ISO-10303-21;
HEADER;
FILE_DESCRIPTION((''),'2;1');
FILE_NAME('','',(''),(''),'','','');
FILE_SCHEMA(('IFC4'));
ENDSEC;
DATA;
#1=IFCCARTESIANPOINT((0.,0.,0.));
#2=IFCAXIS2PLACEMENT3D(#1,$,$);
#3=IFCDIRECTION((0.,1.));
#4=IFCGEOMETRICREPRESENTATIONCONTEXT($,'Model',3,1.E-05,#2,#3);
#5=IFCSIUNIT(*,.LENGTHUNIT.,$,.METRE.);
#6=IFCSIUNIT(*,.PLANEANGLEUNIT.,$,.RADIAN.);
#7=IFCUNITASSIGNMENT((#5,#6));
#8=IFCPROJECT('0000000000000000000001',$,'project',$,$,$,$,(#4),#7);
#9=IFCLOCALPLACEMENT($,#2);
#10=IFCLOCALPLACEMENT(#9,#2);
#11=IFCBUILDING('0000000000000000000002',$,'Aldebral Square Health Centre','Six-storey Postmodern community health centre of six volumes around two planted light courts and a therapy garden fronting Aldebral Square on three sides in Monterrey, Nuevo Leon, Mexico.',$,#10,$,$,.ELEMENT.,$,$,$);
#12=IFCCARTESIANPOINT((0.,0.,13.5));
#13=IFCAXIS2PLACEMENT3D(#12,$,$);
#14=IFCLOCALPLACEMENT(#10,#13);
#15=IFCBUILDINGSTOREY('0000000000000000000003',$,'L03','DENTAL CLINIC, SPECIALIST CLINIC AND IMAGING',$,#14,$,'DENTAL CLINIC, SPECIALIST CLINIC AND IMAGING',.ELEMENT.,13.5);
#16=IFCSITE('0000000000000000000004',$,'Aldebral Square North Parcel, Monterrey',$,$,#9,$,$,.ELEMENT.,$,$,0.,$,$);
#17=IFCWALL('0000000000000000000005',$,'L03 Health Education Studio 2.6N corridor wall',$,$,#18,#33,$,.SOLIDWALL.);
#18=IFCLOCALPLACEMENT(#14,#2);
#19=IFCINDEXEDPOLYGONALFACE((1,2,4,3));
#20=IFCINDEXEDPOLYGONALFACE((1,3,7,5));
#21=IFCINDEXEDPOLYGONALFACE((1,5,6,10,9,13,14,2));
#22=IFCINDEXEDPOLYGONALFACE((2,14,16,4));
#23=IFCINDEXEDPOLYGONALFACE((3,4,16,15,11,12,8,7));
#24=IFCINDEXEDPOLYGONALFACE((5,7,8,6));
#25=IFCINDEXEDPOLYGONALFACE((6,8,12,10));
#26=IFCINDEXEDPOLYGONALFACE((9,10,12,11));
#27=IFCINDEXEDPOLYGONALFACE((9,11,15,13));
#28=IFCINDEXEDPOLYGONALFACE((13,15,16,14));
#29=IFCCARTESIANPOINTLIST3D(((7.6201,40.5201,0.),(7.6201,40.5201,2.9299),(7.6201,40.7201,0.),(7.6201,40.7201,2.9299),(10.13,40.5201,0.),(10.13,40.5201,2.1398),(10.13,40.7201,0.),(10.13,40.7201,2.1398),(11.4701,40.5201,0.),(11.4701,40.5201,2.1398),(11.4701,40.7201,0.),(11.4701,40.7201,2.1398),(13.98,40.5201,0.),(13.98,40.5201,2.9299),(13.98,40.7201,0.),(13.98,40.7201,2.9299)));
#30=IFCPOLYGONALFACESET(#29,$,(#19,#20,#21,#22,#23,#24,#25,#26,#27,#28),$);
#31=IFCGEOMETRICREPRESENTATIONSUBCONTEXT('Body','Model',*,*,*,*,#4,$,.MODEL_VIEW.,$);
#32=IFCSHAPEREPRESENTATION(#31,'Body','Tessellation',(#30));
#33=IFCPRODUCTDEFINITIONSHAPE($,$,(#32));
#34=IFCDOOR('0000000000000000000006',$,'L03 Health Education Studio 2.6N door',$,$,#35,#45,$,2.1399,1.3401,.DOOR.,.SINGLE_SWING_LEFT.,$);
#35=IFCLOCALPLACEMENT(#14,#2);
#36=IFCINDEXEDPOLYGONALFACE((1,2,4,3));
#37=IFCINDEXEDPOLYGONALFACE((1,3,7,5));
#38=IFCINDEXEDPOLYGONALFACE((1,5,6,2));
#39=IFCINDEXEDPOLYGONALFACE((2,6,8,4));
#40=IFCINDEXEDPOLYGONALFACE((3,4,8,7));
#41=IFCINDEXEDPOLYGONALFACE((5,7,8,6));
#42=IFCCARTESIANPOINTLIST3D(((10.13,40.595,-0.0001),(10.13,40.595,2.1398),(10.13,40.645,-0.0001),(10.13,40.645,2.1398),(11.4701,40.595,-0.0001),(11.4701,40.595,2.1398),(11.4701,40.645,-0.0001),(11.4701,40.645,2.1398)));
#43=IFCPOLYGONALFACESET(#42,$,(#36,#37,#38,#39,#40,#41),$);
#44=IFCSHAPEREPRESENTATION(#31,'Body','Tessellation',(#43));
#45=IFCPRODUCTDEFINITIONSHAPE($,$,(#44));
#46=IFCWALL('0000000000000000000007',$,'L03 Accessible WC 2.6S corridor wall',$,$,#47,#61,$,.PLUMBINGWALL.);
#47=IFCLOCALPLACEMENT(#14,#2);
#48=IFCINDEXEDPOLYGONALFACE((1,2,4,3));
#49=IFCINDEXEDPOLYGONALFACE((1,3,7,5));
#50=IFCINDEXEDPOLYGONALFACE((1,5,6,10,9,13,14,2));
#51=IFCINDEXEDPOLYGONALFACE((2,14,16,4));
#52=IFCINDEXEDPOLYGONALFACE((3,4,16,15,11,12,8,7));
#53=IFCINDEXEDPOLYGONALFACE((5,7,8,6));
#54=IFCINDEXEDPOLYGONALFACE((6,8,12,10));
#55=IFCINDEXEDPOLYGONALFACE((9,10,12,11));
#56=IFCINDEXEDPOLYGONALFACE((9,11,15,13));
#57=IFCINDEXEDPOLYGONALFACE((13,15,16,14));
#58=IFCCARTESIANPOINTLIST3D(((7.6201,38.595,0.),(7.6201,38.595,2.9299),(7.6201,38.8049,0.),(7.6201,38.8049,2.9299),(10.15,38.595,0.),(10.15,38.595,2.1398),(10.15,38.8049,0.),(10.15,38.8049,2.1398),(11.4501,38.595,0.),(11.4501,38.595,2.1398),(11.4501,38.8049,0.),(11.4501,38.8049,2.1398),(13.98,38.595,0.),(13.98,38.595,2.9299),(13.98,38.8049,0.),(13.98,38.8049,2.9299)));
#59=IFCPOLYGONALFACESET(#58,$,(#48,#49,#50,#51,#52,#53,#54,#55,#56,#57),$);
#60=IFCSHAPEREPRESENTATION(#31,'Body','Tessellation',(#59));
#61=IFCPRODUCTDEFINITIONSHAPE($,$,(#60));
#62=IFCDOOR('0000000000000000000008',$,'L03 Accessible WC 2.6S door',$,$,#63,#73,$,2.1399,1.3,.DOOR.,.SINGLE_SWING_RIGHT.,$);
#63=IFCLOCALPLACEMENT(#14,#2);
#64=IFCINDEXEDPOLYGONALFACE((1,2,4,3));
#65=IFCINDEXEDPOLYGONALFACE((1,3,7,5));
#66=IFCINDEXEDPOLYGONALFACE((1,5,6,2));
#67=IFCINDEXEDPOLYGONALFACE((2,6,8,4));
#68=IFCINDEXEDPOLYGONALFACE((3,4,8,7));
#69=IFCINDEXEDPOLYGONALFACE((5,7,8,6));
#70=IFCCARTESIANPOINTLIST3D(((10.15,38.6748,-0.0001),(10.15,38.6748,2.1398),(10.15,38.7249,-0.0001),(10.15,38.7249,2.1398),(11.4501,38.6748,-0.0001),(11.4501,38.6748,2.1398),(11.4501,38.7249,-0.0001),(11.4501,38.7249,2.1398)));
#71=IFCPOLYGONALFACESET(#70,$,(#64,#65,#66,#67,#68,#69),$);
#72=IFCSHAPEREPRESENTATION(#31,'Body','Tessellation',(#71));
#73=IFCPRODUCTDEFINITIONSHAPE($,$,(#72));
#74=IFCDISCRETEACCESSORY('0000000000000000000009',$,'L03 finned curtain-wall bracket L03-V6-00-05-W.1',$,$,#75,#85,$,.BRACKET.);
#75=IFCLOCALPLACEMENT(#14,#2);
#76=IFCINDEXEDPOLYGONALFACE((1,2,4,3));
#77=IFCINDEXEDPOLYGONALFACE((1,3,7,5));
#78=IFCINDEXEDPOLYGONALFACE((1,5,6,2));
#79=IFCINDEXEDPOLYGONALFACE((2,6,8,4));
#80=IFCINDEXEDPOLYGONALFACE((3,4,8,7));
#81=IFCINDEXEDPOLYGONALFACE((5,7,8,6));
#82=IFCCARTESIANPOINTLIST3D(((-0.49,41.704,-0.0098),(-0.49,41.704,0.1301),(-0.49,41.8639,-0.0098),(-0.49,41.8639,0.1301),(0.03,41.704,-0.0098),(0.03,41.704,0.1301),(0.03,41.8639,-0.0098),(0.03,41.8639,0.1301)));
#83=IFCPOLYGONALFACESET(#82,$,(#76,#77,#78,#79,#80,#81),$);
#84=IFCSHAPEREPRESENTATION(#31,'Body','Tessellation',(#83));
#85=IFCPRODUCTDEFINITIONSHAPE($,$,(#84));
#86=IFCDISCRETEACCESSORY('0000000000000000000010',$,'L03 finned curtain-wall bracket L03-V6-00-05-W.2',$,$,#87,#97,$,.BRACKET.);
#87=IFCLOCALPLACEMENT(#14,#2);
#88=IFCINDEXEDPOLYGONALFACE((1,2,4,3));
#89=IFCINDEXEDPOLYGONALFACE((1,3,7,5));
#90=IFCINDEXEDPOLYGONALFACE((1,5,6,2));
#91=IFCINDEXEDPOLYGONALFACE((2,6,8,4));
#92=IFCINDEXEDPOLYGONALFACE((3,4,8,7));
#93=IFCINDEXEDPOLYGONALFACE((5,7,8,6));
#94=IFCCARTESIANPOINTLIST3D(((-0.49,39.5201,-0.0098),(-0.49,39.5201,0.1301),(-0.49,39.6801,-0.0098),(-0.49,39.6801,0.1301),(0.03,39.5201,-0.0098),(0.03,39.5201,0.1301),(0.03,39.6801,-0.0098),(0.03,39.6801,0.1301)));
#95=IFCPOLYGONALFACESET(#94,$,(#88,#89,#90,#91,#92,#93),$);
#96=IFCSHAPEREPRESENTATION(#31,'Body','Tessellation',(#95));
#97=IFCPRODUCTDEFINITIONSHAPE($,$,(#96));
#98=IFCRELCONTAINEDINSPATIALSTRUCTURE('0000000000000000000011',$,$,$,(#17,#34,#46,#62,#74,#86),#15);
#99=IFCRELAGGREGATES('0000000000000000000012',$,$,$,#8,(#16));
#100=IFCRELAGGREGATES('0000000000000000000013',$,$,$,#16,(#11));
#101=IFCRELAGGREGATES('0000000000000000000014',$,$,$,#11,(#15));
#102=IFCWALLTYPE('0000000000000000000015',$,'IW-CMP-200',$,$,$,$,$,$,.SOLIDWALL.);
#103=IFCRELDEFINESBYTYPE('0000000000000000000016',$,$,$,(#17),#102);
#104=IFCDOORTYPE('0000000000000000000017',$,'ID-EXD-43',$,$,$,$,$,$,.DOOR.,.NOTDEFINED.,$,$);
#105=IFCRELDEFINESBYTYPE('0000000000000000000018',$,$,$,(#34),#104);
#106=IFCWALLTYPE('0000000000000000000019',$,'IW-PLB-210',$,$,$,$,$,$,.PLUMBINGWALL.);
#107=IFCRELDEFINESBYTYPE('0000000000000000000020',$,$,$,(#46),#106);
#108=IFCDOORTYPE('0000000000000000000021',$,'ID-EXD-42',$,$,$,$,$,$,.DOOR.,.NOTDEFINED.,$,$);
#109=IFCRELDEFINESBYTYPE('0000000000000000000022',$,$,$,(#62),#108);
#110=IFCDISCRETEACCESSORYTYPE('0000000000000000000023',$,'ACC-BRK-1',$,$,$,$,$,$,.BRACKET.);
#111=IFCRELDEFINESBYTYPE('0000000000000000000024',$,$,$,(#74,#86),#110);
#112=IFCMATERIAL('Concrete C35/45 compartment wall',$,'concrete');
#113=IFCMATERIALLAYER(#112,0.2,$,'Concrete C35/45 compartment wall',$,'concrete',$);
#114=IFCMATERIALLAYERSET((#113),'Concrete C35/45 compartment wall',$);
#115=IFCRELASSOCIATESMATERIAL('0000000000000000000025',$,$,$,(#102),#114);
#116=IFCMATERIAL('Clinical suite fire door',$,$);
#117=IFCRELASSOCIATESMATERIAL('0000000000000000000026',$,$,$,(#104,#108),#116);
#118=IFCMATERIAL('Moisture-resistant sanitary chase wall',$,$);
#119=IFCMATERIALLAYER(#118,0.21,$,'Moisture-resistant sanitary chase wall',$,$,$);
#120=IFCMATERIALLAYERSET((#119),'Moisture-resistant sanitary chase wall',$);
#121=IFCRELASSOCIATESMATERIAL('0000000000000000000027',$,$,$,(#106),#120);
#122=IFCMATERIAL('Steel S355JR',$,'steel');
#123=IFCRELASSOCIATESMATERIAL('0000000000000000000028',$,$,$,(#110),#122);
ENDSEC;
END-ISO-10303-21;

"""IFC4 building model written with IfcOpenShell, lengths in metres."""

from ifc_helpers import new_model, si_unit, direction, frame, frame_2d, origin, origin_2d, place, context, subcontext, project, spatial, rectangle, extrude, material, layer, layer_set, type_object, element, fill, save


model = new_model("IFC4")

# Units and contexts
model_context = context("Model", 3, precision=1e-05, world=origin(), true_north=direction((0.0, 1.0)))
body_context = subcontext(model_context, "Body", "Model", "MODEL_VIEW")
ifc_project = project(units=[si_unit("LENGTHUNIT", "METRE"), si_unit("PLANEANGLEUNIT", "RADIAN")], contexts=[model_context])

# Site, building, storey
site_placement = place(None, origin())
site = spatial("IfcSite", under=ifc_project, at=site_placement, Name="Aldebral Square North Parcel, Monterrey", CompositionType="ELEMENT", RefElevation=0.0)
building_placement = place(site_placement, origin())
building = spatial("IfcBuilding", under=site, at=building_placement, Name="Aldebral Square Health Centre", Description="Six-storey Postmodern community health centre of six volumes around two planted light courts and a therapy garden fronting Aldebral Square on three sides in Monterrey, Nuevo Leon, Mexico.", CompositionType="ELEMENT")
storey_placement = place(building_placement, frame((0.0, 0.0, 13.5)))
storey = spatial("IfcBuildingStorey", under=building, at=storey_placement, Name="L03", Description="DENTAL CLINIC, SPECIALIST CLINIC AND IMAGING", LongName="DENTAL CLINIC, SPECIALIST CLINIC AND IMAGING", CompositionType="ELEMENT", Elevation=13.5)

# Walls, openings, doors
ifc_material_1 = material(Name="Concrete C35/45 compartment wall", Category="concrete")
ifc_layer_1 = layer(ifc_material_1, 0.2, Name="Concrete C35/45 compartment wall", Category="concrete")
ifc_layer_set_1 = layer_set([ifc_layer_1], Name="Concrete C35/45 compartment wall")
wall_type_1 = type_object("IfcWallType", Name="IW-CMP-200", PredefinedType="SOLIDWALL", material=ifc_layer_set_1)
wall_1_placement = place(storey_placement, frame((7.6201, 40.6201, 0.0), z_axis=(0.0, 0.0, 1.0), x_axis=(1.0, 0.0, 0.0)))
wall_1 = element("IfcWall", 1, at=wall_1_placement, inside=storey, type_object=wall_type_1, Name="L03 Health Education Studio 2.6N corridor wall", PredefinedType="SOLIDWALL", context=body_context, shape_type="SweptSolid", body=[
    extrude(rectangle(XDim=6.3599, YDim=0.2, at=frame_2d((3.1799, 0.0))), origin(), (0.0, 0.0, 1.0), 2.9299),
])
opening_1_placement = place(wall_1_placement, frame((2.51, 0.0, 0.0)))
opening_1 = element("IfcOpeningElement", 2, at=opening_1_placement, cuts=wall_1, PredefinedType="OPENING", context=body_context, shape_type="SweptSolid", body=[
    extrude(rectangle(XDim=1.3401, YDim=2.1399, at=frame_2d((0.6699, 1.0698))), frame((0.0, 0.1099, 0.0), z_axis=(0.0, -1.0, 0.0), x_axis=(1.0, 0.0, 0.0)), (0.0, 0.0, 1.0), 0.22),
])
ifc_material_2 = material(Name="Clinical suite fire door")
door_type_1 = type_object("IfcDoorType", Name="ID-EXD-43", OperationType="NOTDEFINED", PredefinedType="DOOR", material=ifc_material_2)
door_1_placement = place(opening_1_placement, origin())
door_1 = element("IfcDoor", 3, at=door_1_placement, inside=storey, type_object=door_type_1, Name="L03 Health Education Studio 2.6N door", OperationType="SINGLE_SWING_LEFT", OverallHeight=2.1399, OverallWidth=1.3401, PredefinedType="DOOR", context=body_context, shape_type="SweptSolid", body=[
    extrude(rectangle(XDim=1.3401, YDim=2.1399, at=frame_2d((0.6699, 1.0698))), frame((0.0, 0.0249, 0.0), z_axis=(0.0, -1.0, 0.0), x_axis=(1.0, 0.0, 0.0)), (0.0, 0.0, 1.0), 0.05),
])
fill(opening_1, door_1)
ifc_material_3 = material(Name="Moisture-resistant sanitary chase wall")
ifc_layer_2 = layer(ifc_material_3, 0.21, Name="Moisture-resistant sanitary chase wall")
ifc_layer_set_2 = layer_set([ifc_layer_2], Name="Moisture-resistant sanitary chase wall")
wall_type_2 = type_object("IfcWallType", Name="IW-PLB-210", PredefinedType="PLUMBINGWALL", material=ifc_layer_set_2)
wall_2_placement = place(storey_placement, frame((7.6201, 38.7, 0.0), z_axis=(0.0, 0.0, 1.0), x_axis=(1.0, 0.0, 0.0)))
wall_2 = element("IfcWall", 4, at=wall_2_placement, inside=storey, type_object=wall_type_2, Name="L03 Accessible WC 2.6S corridor wall", PredefinedType="PLUMBINGWALL", context=body_context, shape_type="SweptSolid", body=[
    extrude(rectangle(XDim=6.3599, YDim=0.21, at=frame_2d((3.1799, 0.0))), origin(), (0.0, 0.0, 1.0), 2.9299),
])
opening_2_placement = place(wall_2_placement, frame((2.53, 0.0, 0.0)))
opening_2 = element("IfcOpeningElement", 5, at=opening_2_placement, cuts=wall_2, PredefinedType="OPENING", context=body_context, shape_type="SweptSolid", body=[
    extrude(rectangle(XDim=1.3, YDim=2.1399, at=frame_2d((0.6499, 1.0698))), frame((0.0, 0.115, 0.0), z_axis=(0.0, -1.0, 0.0), x_axis=(1.0, 0.0, 0.0)), (0.0, 0.0, 1.0), 0.23),
])
door_type_2 = type_object("IfcDoorType", Name="ID-EXD-42", OperationType="NOTDEFINED", PredefinedType="DOOR", material=ifc_material_2)
door_2_placement = place(opening_2_placement, origin())
door_2 = element("IfcDoor", 6, at=door_2_placement, inside=storey, type_object=door_type_2, Name="L03 Accessible WC 2.6S door", OperationType="SINGLE_SWING_RIGHT", OverallHeight=2.1399, OverallWidth=1.3, PredefinedType="DOOR", context=body_context, shape_type="SweptSolid", body=[
    extrude(rectangle(XDim=1.3, YDim=2.1399, at=frame_2d((0.6499, 1.0698))), frame((0.0, 0.0249, 0.0), z_axis=(0.0, -1.0, 0.0), x_axis=(1.0, 0.0, 0.0)), (0.0, 0.0, 1.0), 0.05),
])
fill(opening_2, door_2)

# Discrete accessories
ifc_material_4 = material(Name="Steel S355JR", Category="steel")
discrete_accessory_type = type_object("IfcDiscreteAccessoryType", Name="ACC-BRK-1", PredefinedType="BRACKET", material=ifc_material_4)
for number, where, z_axis, x_axis, name in (
    (7, (-0.23, 41.7839, -0.0098), (0.0, 0.0, 1.0), (0.0, 1.0, 0.0), "L03 finned curtain-wall bracket L03-V6-00-05-W.1"),
    (8, (-0.23, 39.6001, -0.0098), (0.0, 0.0, 1.0), (0.0, 1.0, 0.0), "L03 finned curtain-wall bracket L03-V6-00-05-W.2"),
):
    element("IfcDiscreteAccessory", number, at=place(storey_placement, frame(where, z_axis=z_axis, x_axis=x_axis)), inside=storey, type_object=discrete_accessory_type, Name=name, PredefinedType="BRACKET", context=body_context, shape_type="SweptSolid", body=[
        extrude(rectangle(XDim=0.1599, YDim=0.52, at=origin_2d()), origin(), (0.0, 0.0, 1.0), 0.1399),
    ])

save(model, "model.ifc")
